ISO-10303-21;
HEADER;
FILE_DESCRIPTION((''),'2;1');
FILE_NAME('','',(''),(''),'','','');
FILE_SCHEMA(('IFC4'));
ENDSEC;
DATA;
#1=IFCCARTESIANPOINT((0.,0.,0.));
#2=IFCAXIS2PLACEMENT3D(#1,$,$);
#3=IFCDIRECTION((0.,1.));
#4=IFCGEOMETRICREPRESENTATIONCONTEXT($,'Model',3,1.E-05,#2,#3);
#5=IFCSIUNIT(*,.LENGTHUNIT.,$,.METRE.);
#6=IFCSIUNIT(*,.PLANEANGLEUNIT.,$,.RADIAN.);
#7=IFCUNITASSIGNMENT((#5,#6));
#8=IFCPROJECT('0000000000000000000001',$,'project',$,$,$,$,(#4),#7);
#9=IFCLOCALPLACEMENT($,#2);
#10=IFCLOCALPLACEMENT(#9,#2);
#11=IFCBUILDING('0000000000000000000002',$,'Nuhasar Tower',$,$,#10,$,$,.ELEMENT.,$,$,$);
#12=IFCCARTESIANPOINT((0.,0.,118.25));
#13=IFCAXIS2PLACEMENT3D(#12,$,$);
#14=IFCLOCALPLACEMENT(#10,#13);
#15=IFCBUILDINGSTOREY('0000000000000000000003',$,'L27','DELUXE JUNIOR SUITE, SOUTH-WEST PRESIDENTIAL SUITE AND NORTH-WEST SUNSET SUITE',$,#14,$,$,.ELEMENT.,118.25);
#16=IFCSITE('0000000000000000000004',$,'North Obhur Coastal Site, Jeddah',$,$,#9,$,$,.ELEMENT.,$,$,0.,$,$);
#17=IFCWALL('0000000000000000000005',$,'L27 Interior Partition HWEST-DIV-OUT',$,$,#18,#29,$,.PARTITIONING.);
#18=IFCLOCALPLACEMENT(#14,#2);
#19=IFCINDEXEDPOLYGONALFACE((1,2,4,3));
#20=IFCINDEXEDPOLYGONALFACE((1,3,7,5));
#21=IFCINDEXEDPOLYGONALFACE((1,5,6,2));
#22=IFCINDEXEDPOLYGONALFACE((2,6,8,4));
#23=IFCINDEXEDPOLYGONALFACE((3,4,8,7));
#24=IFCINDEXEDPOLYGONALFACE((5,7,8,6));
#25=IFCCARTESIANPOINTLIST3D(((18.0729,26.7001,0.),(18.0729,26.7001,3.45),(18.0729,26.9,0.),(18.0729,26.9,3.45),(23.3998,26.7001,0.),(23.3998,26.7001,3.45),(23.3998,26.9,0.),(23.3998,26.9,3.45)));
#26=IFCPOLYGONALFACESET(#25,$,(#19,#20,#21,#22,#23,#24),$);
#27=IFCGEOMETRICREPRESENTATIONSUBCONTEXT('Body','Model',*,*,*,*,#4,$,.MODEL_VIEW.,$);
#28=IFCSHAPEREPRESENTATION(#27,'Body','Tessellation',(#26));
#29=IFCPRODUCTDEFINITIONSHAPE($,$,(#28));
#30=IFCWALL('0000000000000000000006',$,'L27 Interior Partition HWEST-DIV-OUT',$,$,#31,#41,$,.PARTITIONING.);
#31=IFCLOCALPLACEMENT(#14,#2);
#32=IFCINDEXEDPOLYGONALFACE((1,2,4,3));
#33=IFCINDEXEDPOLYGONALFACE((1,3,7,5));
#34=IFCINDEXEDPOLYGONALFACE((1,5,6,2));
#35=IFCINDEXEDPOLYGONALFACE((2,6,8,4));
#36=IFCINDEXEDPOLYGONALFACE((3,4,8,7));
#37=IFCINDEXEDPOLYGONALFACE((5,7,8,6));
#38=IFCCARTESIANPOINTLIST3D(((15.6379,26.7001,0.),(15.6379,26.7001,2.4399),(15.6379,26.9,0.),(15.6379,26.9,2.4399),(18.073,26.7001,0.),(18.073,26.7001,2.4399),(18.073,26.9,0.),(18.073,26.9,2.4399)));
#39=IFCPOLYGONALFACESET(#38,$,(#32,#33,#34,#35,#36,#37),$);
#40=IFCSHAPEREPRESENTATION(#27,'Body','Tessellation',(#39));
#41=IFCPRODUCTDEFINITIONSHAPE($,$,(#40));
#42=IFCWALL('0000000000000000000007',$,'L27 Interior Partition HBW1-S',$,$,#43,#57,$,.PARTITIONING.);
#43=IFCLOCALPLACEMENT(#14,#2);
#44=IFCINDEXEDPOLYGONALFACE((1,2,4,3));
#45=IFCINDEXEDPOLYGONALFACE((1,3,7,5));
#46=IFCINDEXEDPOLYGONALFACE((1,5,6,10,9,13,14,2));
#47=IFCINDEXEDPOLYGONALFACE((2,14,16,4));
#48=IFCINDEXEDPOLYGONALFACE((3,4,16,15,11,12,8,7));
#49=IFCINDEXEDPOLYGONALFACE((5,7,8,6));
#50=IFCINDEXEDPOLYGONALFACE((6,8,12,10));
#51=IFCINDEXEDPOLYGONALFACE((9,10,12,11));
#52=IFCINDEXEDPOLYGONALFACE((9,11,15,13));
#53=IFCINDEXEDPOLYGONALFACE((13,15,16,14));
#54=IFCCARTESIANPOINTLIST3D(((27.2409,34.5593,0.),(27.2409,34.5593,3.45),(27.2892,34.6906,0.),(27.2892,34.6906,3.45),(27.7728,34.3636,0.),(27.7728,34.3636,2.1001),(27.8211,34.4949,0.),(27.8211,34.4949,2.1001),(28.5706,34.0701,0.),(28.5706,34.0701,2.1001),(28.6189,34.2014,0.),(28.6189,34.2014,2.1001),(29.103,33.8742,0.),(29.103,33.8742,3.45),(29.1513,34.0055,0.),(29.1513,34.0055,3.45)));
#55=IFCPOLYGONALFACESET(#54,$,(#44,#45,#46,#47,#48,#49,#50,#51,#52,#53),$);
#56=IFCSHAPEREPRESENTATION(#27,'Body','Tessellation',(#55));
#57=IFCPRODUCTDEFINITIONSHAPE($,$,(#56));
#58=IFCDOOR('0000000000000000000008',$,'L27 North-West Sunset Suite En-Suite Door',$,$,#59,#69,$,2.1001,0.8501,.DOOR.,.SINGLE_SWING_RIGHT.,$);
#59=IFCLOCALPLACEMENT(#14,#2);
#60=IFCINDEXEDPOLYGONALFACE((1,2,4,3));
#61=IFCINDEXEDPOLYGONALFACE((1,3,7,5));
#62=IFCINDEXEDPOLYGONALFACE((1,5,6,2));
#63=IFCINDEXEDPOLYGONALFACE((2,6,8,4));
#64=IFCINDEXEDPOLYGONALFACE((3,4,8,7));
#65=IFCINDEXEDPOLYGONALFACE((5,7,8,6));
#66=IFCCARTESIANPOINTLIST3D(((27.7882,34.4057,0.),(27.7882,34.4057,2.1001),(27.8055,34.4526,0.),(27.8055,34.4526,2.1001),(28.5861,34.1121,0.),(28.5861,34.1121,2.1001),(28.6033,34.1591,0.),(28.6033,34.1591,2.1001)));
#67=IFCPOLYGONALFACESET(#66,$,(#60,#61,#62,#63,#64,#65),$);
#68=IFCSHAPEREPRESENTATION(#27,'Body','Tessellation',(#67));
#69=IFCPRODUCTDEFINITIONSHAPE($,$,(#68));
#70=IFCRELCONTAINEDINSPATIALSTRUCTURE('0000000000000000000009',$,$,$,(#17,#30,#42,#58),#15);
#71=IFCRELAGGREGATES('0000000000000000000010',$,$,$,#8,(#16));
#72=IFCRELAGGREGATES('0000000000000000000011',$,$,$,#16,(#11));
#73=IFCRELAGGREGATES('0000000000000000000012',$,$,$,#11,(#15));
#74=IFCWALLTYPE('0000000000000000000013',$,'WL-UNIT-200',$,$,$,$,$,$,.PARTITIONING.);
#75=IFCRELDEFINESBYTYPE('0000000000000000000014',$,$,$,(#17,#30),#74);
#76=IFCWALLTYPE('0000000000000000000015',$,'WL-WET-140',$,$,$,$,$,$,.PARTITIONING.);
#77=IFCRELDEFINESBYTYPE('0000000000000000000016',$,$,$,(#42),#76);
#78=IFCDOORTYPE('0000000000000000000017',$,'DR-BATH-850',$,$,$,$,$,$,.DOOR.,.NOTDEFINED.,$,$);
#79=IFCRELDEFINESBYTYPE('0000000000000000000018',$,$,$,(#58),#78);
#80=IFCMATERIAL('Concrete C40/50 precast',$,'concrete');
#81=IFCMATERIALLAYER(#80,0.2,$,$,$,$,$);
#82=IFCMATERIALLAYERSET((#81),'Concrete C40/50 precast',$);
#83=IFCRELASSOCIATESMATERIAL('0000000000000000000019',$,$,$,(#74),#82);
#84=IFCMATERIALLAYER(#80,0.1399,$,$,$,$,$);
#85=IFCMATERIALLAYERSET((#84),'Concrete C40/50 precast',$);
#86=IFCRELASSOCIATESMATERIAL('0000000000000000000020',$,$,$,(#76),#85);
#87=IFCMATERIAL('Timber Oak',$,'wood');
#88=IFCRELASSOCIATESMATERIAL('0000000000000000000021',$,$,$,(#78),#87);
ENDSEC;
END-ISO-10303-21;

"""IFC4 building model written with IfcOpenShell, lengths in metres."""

from ifc_helpers import new_model, si_unit, direction, frame, frame_2d, origin, place, context, subcontext, project, spatial, rectangle, extrude, material, layer, layer_set, type_object, element, fill, save


model = new_model("IFC4")

# Units and contexts
model_context = context("Model", 3, precision=1e-05, world=origin(), true_north=direction((0.0, 1.0)))
body_context = subcontext(model_context, "Body", "Model", "MODEL_VIEW")
ifc_project = project(units=[si_unit("LENGTHUNIT", "METRE"), si_unit("PLANEANGLEUNIT", "RADIAN")], contexts=[model_context])

# Site, building, storey
site_placement = place(None, origin())
site = spatial("IfcSite", under=ifc_project, at=site_placement, Name="North Obhur Coastal Site, Jeddah", CompositionType="ELEMENT", RefElevation=0.0)
building_placement = place(site_placement, origin())
building = spatial("IfcBuilding", under=site, at=building_placement, Name="Nuhasar Tower", CompositionType="ELEMENT")
storey_placement = place(building_placement, frame((0.0, 0.0, 118.25)))
storey = spatial("IfcBuildingStorey", under=building, at=storey_placement, Name="L27", Description="DELUXE JUNIOR SUITE, SOUTH-WEST PRESIDENTIAL SUITE AND NORTH-WEST SUNSET SUITE", CompositionType="ELEMENT", Elevation=118.25)

# Shared definitions
ifc_material_1 = material(Name="Timber Oak", Category="wood")

# Walls
ifc_material_2 = material(Name="Concrete C40/50 precast", Category="concrete")
ifc_layer_1 = layer(ifc_material_2, 0.2)
ifc_layer_set_1 = layer_set([ifc_layer_1], Name="Concrete C40/50 precast")
wall_type_1 = type_object("IfcWallType", Name="WL-UNIT-200", PredefinedType="PARTITIONING", material=ifc_layer_set_1)
wall_1_placement = place(storey_placement, frame((23.3999, 26.8, 0.0), z_axis=(0.0, 0.0, 1.0), x_axis=(-1.0, 0.0, 0.0)))
element("IfcWall", 1, at=wall_1_placement, inside=storey, type_object=wall_type_1, Name="L27 Interior Partition HWEST-DIV-OUT", PredefinedType="PARTITIONING", context=body_context, shape_type="SweptSolid", body=[
    extrude(rectangle(XDim=5.3269, YDim=0.2, at=frame_2d((2.6636, 0.0))), origin(), (0.0, 0.0, 1.0), 3.45),
])
wall_2_placement = place(storey_placement, frame((18.073, 26.8, 0.0), z_axis=(0.0, 0.0, 1.0), x_axis=(-1.0, 0.0, 0.0)))
element("IfcWall", 2, at=wall_2_placement, inside=storey, type_object=wall_type_1, Name="L27 Interior Partition HWEST-DIV-OUT", PredefinedType="PARTITIONING", context=body_context, shape_type="SweptSolid", body=[
    extrude(rectangle(XDim=2.4351, YDim=0.2, at=frame_2d((1.2175, 0.0))), origin(), (0.0, 0.0, 1.0), 2.4399),
])

# Wall, opening, door
ifc_layer_2 = layer(ifc_material_2, 0.1399)
ifc_layer_set_2 = layer_set([ifc_layer_2], Name="Concrete C40/50 precast")
wall_type_2 = type_object("IfcWallType", Name="WL-WET-140", PredefinedType="PARTITIONING", material=ifc_layer_set_2)
wall_3_placement = place(storey_placement, frame((27.2649, 34.625, 0.0), z_axis=(0.0, 0.0, 1.0), x_axis=(0.938501, -0.345278, 0.0)))
wall_3 = element("IfcWall", 3, at=wall_3_placement, inside=storey, type_object=wall_type_2, Name="L27 Interior Partition HBW1-S", PredefinedType="PARTITIONING", context=body_context, shape_type="SweptSolid", body=[
    extrude(rectangle(XDim=1.9841, YDim=0.1399, at=frame_2d((0.9922, 0.0))), origin(), (0.0, 0.0, 1.0), 3.45),
])
opening_1_placement = place(wall_3_placement, frame((0.5669, 0.0, 0.0)))
opening_1 = element("IfcOpeningElement", 4, at=opening_1_placement, cuts=wall_3, PredefinedType="OPENING", context=body_context, shape_type="SweptSolid", body=[
    extrude(rectangle(XDim=0.8501, YDim=2.1001, at=frame_2d((0.425, 1.05))), frame((0.0, 0.0801, 0.0), z_axis=(0.0, -1.0, 0.0), x_axis=(1.0, 0.0, 0.0)), (0.0, 0.0, 1.0), 0.1599),
])
door_type_1 = type_object("IfcDoorType", Name="DR-BATH-850", OperationType="NOTDEFINED", PredefinedType="DOOR", material=ifc_material_1)
door_1_placement = place(opening_1_placement, origin())
door_1 = element("IfcDoor", 5, at=door_1_placement, inside=storey, type_object=door_type_1, Name="L27 North-West Sunset Suite En-Suite Door", OperationType="SINGLE_SWING_RIGHT", OverallHeight=2.1001, OverallWidth=0.8501, PredefinedType="DOOR", context=body_context, shape_type="SweptSolid", body=[
    extrude(rectangle(XDim=0.8501, YDim=2.1001, at=frame_2d((0.425, 1.05))), frame((0.0, 0.0249, 0.0), z_axis=(0.0, -1.0, 0.0), x_axis=(1.0, 0.0, 0.0)), (0.0, 0.0, 1.0), 0.05),
])
fill(opening_1, door_1)

save(model, "model.ifc")
